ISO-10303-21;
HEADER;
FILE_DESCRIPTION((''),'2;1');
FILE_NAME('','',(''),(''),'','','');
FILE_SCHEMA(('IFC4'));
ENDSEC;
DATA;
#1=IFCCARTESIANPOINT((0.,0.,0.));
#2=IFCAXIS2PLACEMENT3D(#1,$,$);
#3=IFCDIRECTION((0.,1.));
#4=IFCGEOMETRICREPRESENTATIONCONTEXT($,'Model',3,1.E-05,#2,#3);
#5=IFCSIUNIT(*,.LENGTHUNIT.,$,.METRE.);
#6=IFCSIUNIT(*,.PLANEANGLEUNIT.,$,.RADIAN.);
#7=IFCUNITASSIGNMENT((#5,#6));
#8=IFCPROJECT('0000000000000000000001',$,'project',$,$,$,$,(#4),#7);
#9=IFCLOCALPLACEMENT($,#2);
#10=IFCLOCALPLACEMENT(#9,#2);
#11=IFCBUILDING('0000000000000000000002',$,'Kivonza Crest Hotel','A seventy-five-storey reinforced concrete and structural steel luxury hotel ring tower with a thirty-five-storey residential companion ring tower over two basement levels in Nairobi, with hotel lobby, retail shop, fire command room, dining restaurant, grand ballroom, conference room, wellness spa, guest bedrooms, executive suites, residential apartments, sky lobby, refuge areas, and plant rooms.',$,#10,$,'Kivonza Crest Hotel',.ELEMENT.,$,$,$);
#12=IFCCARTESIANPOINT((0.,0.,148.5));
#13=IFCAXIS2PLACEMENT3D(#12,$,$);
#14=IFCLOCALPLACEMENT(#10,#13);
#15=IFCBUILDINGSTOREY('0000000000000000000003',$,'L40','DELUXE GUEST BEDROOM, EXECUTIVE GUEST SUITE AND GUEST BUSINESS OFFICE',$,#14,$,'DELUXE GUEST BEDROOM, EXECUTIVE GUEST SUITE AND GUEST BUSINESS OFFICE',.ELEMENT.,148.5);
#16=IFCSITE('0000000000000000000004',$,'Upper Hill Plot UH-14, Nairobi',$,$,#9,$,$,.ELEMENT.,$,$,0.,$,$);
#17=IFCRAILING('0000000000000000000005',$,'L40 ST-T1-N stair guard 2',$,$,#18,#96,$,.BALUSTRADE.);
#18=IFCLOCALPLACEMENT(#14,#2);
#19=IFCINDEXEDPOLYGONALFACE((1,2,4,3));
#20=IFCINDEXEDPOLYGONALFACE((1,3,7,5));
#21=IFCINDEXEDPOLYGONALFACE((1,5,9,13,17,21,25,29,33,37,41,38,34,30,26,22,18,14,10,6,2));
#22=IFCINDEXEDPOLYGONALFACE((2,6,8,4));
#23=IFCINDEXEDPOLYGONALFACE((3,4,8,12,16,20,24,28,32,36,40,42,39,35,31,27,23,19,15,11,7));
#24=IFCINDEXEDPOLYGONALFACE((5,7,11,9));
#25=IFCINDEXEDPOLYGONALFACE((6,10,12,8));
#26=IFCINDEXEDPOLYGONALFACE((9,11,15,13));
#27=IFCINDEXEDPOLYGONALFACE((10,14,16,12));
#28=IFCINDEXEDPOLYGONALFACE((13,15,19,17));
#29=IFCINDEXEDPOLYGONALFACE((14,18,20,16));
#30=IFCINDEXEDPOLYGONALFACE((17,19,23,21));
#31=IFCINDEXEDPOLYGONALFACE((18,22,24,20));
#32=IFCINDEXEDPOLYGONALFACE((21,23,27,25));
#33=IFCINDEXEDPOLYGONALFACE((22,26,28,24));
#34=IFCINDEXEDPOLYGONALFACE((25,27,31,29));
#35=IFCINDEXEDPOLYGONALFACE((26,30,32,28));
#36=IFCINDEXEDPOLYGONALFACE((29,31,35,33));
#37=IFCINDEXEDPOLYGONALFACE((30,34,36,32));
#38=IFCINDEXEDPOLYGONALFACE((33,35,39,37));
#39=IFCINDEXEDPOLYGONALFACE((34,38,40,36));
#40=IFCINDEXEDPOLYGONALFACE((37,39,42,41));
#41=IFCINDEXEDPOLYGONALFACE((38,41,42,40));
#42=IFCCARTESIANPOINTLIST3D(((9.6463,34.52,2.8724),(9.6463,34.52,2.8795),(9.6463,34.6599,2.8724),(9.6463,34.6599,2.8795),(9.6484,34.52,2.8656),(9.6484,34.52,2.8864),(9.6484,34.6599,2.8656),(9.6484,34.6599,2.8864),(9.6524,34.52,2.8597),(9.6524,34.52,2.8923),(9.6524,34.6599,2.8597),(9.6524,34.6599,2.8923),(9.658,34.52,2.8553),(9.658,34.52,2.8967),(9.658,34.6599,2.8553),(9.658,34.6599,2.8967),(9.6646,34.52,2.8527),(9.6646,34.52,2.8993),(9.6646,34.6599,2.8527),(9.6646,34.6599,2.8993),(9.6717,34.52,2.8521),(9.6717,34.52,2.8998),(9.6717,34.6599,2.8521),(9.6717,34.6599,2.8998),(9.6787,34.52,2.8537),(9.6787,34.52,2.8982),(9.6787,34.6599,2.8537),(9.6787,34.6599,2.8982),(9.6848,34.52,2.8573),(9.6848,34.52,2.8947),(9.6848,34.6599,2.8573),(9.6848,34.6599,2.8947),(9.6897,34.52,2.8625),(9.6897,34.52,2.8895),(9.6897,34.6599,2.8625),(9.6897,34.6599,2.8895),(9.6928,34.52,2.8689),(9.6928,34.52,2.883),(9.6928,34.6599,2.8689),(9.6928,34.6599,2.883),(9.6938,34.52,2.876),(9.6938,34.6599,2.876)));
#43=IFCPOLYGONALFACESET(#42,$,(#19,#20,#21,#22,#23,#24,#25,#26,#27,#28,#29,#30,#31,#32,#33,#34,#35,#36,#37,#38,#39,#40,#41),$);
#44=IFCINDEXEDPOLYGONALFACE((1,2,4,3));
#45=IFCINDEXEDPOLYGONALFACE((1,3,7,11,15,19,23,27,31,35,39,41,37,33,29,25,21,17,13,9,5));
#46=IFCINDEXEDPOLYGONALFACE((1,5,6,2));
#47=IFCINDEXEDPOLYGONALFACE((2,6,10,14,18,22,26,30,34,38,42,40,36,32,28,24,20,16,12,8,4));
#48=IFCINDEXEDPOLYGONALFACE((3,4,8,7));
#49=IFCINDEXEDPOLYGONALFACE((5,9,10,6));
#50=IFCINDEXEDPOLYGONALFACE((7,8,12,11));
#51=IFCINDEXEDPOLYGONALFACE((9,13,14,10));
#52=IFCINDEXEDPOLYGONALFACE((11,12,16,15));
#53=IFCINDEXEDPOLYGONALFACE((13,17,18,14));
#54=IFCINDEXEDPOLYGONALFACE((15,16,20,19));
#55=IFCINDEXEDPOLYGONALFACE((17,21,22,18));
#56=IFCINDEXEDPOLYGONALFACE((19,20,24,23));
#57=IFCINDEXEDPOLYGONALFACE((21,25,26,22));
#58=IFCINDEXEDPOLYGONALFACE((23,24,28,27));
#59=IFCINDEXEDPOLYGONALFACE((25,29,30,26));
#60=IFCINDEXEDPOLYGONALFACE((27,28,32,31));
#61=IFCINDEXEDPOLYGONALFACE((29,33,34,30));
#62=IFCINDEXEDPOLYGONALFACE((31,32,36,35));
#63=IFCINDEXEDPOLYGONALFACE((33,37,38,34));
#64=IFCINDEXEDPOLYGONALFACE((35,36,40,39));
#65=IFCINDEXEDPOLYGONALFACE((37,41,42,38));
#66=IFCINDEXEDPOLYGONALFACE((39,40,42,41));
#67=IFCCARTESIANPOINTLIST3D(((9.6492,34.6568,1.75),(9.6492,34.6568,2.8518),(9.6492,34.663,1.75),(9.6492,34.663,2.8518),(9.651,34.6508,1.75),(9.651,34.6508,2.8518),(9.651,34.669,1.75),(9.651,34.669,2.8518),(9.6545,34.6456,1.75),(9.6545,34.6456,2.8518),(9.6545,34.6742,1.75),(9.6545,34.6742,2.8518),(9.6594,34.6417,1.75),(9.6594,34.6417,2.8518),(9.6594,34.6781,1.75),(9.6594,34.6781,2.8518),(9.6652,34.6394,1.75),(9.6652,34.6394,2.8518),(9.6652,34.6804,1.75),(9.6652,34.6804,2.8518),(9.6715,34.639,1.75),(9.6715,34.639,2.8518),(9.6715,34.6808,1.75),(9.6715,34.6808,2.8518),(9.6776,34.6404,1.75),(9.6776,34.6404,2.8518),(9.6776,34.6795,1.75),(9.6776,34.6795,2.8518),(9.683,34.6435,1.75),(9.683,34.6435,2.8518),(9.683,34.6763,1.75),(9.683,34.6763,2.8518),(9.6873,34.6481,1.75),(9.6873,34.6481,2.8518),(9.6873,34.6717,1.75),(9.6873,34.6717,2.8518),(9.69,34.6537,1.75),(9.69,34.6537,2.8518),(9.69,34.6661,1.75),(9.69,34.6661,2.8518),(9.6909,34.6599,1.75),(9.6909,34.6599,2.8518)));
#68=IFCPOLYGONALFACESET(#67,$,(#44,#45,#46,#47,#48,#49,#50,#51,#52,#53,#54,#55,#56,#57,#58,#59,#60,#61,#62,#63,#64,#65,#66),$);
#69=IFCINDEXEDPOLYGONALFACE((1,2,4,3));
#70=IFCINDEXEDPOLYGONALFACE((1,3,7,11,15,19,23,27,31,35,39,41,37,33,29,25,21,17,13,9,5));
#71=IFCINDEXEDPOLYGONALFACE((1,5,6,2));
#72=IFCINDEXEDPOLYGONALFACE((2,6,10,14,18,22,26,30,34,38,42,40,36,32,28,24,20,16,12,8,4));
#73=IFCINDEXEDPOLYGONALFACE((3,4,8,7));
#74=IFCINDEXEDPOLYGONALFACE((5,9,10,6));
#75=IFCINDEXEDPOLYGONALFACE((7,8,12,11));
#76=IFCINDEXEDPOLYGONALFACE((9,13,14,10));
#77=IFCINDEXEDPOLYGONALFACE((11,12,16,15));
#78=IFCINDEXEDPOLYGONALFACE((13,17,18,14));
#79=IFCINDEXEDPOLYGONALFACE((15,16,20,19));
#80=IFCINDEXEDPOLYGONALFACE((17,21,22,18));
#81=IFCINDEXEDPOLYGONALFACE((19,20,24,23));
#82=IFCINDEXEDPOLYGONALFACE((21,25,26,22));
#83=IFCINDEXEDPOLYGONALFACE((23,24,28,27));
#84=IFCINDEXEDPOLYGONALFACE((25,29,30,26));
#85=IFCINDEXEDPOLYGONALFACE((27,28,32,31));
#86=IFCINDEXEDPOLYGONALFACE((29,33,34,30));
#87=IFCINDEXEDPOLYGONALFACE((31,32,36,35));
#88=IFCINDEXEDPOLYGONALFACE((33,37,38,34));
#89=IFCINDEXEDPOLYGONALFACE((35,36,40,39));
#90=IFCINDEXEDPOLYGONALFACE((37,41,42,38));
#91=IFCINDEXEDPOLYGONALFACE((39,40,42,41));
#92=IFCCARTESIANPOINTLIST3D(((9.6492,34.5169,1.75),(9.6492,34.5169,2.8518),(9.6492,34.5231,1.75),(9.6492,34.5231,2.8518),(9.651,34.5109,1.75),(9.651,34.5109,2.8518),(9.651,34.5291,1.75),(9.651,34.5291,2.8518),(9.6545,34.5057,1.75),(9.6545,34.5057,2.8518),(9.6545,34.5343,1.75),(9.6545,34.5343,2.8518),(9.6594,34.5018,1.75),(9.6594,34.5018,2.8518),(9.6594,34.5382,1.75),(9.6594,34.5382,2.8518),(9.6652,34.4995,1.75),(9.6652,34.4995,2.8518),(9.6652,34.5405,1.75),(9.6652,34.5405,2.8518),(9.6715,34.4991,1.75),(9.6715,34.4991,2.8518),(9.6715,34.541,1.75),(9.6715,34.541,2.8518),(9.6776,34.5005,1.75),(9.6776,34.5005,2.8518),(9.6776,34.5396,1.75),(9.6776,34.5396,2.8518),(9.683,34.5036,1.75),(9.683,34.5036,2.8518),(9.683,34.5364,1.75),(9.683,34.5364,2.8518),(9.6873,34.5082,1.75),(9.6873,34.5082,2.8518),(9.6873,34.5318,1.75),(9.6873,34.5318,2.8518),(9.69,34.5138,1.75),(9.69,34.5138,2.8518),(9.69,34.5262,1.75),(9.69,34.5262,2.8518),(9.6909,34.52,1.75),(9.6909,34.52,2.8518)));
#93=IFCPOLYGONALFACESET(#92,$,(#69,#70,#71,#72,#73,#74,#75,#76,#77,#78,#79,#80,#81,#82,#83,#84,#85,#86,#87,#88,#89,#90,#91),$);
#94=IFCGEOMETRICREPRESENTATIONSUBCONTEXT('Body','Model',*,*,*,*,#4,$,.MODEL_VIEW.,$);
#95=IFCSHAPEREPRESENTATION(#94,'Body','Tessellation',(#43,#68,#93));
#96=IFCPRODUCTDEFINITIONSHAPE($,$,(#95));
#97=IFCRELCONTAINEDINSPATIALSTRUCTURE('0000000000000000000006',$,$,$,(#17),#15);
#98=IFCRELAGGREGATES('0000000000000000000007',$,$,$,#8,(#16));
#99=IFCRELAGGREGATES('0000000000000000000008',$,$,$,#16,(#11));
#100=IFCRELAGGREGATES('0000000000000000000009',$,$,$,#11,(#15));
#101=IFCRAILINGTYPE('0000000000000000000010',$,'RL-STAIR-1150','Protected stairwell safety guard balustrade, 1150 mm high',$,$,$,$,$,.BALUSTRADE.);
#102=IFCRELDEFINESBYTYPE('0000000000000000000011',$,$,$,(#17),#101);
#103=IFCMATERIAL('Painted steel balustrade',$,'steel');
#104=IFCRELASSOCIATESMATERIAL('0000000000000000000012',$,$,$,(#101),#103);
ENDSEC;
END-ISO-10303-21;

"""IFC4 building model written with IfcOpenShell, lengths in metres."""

from ifc_helpers import new_model, si_unit, direction, frame, origin, origin_2d, place, context, subcontext, project, spatial, circle, extrude, material, type_object, element, save


model = new_model("IFC4")

# Units and contexts
model_context = context("Model", 3, precision=1e-05, world=origin(), true_north=direction((0.0, 1.0)))
body_context = subcontext(model_context, "Body", "Model", "MODEL_VIEW")
ifc_project = project(units=[si_unit("LENGTHUNIT", "METRE"), si_unit("PLANEANGLEUNIT", "RADIAN")], contexts=[model_context])

# Site, building, storey
site_placement = place(None, origin())
site = spatial("IfcSite", under=ifc_project, at=site_placement, Name="Upper Hill Plot UH-14, Nairobi", CompositionType="ELEMENT", RefElevation=0.0)
building_placement = place(site_placement, origin())
building = spatial("IfcBuilding", under=site, at=building_placement, Name="Kivonza Crest Hotel", Description="A seventy-five-storey reinforced concrete and structural steel luxury hotel ring tower with a thirty-five-storey residential companion ring tower over two basement levels in Nairobi, with hotel lobby, retail shop, fire command room, dining restaurant, grand ballroom, conference room, wellness spa, guest bedrooms, executive suites, residential apartments, sky lobby, refuge areas, and plant rooms.", LongName="Kivonza Crest Hotel", CompositionType="ELEMENT")
storey_placement = place(building_placement, frame((0.0, 0.0, 148.5)))
storey = spatial("IfcBuildingStorey", under=building, at=storey_placement, Name="L40", Description="DELUXE GUEST BEDROOM, EXECUTIVE GUEST SUITE AND GUEST BUSINESS OFFICE", LongName="DELUXE GUEST BEDROOM, EXECUTIVE GUEST SUITE AND GUEST BUSINESS OFFICE", CompositionType="ELEMENT", Elevation=148.5)

# Railing
ifc_material_1 = material(Name="Painted steel balustrade", Category="steel")
railing_type_1 = type_object("IfcRailingType", Name="RL-STAIR-1150", Description="Protected stairwell safety guard balustrade, 1150 mm high", PredefinedType="BALUSTRADE", material=ifc_material_1)
railing_1_placement = place(storey_placement, frame((9.6699, 34.6599, 1.75)))
element("IfcRailing", 1, at=railing_1_placement, inside=storey, type_object=railing_type_1, Name="L40 ST-T1-N stair guard 2", PredefinedType="BALUSTRADE", context=body_context, shape_type="SweptSolid", body=[
    extrude(circle(Radius=0.0239, at=origin_2d()), frame((0.0, 0.0, 1.126), z_axis=(0.0, -1.0, 0.0), x_axis=(1.0, 0.0, 0.0)), (0.0, 0.0, 1.0), 0.1399),
    extrude(circle(Radius=0.021, at=origin_2d()), origin(), (0.0, 0.0, 1.0), 1.1018),
    extrude(circle(Radius=0.021, at=origin_2d()), frame((0.0, -0.1399, 0.0)), (0.0, 0.0, 1.0), 1.1018),
])

save(model, "model.ifc")
